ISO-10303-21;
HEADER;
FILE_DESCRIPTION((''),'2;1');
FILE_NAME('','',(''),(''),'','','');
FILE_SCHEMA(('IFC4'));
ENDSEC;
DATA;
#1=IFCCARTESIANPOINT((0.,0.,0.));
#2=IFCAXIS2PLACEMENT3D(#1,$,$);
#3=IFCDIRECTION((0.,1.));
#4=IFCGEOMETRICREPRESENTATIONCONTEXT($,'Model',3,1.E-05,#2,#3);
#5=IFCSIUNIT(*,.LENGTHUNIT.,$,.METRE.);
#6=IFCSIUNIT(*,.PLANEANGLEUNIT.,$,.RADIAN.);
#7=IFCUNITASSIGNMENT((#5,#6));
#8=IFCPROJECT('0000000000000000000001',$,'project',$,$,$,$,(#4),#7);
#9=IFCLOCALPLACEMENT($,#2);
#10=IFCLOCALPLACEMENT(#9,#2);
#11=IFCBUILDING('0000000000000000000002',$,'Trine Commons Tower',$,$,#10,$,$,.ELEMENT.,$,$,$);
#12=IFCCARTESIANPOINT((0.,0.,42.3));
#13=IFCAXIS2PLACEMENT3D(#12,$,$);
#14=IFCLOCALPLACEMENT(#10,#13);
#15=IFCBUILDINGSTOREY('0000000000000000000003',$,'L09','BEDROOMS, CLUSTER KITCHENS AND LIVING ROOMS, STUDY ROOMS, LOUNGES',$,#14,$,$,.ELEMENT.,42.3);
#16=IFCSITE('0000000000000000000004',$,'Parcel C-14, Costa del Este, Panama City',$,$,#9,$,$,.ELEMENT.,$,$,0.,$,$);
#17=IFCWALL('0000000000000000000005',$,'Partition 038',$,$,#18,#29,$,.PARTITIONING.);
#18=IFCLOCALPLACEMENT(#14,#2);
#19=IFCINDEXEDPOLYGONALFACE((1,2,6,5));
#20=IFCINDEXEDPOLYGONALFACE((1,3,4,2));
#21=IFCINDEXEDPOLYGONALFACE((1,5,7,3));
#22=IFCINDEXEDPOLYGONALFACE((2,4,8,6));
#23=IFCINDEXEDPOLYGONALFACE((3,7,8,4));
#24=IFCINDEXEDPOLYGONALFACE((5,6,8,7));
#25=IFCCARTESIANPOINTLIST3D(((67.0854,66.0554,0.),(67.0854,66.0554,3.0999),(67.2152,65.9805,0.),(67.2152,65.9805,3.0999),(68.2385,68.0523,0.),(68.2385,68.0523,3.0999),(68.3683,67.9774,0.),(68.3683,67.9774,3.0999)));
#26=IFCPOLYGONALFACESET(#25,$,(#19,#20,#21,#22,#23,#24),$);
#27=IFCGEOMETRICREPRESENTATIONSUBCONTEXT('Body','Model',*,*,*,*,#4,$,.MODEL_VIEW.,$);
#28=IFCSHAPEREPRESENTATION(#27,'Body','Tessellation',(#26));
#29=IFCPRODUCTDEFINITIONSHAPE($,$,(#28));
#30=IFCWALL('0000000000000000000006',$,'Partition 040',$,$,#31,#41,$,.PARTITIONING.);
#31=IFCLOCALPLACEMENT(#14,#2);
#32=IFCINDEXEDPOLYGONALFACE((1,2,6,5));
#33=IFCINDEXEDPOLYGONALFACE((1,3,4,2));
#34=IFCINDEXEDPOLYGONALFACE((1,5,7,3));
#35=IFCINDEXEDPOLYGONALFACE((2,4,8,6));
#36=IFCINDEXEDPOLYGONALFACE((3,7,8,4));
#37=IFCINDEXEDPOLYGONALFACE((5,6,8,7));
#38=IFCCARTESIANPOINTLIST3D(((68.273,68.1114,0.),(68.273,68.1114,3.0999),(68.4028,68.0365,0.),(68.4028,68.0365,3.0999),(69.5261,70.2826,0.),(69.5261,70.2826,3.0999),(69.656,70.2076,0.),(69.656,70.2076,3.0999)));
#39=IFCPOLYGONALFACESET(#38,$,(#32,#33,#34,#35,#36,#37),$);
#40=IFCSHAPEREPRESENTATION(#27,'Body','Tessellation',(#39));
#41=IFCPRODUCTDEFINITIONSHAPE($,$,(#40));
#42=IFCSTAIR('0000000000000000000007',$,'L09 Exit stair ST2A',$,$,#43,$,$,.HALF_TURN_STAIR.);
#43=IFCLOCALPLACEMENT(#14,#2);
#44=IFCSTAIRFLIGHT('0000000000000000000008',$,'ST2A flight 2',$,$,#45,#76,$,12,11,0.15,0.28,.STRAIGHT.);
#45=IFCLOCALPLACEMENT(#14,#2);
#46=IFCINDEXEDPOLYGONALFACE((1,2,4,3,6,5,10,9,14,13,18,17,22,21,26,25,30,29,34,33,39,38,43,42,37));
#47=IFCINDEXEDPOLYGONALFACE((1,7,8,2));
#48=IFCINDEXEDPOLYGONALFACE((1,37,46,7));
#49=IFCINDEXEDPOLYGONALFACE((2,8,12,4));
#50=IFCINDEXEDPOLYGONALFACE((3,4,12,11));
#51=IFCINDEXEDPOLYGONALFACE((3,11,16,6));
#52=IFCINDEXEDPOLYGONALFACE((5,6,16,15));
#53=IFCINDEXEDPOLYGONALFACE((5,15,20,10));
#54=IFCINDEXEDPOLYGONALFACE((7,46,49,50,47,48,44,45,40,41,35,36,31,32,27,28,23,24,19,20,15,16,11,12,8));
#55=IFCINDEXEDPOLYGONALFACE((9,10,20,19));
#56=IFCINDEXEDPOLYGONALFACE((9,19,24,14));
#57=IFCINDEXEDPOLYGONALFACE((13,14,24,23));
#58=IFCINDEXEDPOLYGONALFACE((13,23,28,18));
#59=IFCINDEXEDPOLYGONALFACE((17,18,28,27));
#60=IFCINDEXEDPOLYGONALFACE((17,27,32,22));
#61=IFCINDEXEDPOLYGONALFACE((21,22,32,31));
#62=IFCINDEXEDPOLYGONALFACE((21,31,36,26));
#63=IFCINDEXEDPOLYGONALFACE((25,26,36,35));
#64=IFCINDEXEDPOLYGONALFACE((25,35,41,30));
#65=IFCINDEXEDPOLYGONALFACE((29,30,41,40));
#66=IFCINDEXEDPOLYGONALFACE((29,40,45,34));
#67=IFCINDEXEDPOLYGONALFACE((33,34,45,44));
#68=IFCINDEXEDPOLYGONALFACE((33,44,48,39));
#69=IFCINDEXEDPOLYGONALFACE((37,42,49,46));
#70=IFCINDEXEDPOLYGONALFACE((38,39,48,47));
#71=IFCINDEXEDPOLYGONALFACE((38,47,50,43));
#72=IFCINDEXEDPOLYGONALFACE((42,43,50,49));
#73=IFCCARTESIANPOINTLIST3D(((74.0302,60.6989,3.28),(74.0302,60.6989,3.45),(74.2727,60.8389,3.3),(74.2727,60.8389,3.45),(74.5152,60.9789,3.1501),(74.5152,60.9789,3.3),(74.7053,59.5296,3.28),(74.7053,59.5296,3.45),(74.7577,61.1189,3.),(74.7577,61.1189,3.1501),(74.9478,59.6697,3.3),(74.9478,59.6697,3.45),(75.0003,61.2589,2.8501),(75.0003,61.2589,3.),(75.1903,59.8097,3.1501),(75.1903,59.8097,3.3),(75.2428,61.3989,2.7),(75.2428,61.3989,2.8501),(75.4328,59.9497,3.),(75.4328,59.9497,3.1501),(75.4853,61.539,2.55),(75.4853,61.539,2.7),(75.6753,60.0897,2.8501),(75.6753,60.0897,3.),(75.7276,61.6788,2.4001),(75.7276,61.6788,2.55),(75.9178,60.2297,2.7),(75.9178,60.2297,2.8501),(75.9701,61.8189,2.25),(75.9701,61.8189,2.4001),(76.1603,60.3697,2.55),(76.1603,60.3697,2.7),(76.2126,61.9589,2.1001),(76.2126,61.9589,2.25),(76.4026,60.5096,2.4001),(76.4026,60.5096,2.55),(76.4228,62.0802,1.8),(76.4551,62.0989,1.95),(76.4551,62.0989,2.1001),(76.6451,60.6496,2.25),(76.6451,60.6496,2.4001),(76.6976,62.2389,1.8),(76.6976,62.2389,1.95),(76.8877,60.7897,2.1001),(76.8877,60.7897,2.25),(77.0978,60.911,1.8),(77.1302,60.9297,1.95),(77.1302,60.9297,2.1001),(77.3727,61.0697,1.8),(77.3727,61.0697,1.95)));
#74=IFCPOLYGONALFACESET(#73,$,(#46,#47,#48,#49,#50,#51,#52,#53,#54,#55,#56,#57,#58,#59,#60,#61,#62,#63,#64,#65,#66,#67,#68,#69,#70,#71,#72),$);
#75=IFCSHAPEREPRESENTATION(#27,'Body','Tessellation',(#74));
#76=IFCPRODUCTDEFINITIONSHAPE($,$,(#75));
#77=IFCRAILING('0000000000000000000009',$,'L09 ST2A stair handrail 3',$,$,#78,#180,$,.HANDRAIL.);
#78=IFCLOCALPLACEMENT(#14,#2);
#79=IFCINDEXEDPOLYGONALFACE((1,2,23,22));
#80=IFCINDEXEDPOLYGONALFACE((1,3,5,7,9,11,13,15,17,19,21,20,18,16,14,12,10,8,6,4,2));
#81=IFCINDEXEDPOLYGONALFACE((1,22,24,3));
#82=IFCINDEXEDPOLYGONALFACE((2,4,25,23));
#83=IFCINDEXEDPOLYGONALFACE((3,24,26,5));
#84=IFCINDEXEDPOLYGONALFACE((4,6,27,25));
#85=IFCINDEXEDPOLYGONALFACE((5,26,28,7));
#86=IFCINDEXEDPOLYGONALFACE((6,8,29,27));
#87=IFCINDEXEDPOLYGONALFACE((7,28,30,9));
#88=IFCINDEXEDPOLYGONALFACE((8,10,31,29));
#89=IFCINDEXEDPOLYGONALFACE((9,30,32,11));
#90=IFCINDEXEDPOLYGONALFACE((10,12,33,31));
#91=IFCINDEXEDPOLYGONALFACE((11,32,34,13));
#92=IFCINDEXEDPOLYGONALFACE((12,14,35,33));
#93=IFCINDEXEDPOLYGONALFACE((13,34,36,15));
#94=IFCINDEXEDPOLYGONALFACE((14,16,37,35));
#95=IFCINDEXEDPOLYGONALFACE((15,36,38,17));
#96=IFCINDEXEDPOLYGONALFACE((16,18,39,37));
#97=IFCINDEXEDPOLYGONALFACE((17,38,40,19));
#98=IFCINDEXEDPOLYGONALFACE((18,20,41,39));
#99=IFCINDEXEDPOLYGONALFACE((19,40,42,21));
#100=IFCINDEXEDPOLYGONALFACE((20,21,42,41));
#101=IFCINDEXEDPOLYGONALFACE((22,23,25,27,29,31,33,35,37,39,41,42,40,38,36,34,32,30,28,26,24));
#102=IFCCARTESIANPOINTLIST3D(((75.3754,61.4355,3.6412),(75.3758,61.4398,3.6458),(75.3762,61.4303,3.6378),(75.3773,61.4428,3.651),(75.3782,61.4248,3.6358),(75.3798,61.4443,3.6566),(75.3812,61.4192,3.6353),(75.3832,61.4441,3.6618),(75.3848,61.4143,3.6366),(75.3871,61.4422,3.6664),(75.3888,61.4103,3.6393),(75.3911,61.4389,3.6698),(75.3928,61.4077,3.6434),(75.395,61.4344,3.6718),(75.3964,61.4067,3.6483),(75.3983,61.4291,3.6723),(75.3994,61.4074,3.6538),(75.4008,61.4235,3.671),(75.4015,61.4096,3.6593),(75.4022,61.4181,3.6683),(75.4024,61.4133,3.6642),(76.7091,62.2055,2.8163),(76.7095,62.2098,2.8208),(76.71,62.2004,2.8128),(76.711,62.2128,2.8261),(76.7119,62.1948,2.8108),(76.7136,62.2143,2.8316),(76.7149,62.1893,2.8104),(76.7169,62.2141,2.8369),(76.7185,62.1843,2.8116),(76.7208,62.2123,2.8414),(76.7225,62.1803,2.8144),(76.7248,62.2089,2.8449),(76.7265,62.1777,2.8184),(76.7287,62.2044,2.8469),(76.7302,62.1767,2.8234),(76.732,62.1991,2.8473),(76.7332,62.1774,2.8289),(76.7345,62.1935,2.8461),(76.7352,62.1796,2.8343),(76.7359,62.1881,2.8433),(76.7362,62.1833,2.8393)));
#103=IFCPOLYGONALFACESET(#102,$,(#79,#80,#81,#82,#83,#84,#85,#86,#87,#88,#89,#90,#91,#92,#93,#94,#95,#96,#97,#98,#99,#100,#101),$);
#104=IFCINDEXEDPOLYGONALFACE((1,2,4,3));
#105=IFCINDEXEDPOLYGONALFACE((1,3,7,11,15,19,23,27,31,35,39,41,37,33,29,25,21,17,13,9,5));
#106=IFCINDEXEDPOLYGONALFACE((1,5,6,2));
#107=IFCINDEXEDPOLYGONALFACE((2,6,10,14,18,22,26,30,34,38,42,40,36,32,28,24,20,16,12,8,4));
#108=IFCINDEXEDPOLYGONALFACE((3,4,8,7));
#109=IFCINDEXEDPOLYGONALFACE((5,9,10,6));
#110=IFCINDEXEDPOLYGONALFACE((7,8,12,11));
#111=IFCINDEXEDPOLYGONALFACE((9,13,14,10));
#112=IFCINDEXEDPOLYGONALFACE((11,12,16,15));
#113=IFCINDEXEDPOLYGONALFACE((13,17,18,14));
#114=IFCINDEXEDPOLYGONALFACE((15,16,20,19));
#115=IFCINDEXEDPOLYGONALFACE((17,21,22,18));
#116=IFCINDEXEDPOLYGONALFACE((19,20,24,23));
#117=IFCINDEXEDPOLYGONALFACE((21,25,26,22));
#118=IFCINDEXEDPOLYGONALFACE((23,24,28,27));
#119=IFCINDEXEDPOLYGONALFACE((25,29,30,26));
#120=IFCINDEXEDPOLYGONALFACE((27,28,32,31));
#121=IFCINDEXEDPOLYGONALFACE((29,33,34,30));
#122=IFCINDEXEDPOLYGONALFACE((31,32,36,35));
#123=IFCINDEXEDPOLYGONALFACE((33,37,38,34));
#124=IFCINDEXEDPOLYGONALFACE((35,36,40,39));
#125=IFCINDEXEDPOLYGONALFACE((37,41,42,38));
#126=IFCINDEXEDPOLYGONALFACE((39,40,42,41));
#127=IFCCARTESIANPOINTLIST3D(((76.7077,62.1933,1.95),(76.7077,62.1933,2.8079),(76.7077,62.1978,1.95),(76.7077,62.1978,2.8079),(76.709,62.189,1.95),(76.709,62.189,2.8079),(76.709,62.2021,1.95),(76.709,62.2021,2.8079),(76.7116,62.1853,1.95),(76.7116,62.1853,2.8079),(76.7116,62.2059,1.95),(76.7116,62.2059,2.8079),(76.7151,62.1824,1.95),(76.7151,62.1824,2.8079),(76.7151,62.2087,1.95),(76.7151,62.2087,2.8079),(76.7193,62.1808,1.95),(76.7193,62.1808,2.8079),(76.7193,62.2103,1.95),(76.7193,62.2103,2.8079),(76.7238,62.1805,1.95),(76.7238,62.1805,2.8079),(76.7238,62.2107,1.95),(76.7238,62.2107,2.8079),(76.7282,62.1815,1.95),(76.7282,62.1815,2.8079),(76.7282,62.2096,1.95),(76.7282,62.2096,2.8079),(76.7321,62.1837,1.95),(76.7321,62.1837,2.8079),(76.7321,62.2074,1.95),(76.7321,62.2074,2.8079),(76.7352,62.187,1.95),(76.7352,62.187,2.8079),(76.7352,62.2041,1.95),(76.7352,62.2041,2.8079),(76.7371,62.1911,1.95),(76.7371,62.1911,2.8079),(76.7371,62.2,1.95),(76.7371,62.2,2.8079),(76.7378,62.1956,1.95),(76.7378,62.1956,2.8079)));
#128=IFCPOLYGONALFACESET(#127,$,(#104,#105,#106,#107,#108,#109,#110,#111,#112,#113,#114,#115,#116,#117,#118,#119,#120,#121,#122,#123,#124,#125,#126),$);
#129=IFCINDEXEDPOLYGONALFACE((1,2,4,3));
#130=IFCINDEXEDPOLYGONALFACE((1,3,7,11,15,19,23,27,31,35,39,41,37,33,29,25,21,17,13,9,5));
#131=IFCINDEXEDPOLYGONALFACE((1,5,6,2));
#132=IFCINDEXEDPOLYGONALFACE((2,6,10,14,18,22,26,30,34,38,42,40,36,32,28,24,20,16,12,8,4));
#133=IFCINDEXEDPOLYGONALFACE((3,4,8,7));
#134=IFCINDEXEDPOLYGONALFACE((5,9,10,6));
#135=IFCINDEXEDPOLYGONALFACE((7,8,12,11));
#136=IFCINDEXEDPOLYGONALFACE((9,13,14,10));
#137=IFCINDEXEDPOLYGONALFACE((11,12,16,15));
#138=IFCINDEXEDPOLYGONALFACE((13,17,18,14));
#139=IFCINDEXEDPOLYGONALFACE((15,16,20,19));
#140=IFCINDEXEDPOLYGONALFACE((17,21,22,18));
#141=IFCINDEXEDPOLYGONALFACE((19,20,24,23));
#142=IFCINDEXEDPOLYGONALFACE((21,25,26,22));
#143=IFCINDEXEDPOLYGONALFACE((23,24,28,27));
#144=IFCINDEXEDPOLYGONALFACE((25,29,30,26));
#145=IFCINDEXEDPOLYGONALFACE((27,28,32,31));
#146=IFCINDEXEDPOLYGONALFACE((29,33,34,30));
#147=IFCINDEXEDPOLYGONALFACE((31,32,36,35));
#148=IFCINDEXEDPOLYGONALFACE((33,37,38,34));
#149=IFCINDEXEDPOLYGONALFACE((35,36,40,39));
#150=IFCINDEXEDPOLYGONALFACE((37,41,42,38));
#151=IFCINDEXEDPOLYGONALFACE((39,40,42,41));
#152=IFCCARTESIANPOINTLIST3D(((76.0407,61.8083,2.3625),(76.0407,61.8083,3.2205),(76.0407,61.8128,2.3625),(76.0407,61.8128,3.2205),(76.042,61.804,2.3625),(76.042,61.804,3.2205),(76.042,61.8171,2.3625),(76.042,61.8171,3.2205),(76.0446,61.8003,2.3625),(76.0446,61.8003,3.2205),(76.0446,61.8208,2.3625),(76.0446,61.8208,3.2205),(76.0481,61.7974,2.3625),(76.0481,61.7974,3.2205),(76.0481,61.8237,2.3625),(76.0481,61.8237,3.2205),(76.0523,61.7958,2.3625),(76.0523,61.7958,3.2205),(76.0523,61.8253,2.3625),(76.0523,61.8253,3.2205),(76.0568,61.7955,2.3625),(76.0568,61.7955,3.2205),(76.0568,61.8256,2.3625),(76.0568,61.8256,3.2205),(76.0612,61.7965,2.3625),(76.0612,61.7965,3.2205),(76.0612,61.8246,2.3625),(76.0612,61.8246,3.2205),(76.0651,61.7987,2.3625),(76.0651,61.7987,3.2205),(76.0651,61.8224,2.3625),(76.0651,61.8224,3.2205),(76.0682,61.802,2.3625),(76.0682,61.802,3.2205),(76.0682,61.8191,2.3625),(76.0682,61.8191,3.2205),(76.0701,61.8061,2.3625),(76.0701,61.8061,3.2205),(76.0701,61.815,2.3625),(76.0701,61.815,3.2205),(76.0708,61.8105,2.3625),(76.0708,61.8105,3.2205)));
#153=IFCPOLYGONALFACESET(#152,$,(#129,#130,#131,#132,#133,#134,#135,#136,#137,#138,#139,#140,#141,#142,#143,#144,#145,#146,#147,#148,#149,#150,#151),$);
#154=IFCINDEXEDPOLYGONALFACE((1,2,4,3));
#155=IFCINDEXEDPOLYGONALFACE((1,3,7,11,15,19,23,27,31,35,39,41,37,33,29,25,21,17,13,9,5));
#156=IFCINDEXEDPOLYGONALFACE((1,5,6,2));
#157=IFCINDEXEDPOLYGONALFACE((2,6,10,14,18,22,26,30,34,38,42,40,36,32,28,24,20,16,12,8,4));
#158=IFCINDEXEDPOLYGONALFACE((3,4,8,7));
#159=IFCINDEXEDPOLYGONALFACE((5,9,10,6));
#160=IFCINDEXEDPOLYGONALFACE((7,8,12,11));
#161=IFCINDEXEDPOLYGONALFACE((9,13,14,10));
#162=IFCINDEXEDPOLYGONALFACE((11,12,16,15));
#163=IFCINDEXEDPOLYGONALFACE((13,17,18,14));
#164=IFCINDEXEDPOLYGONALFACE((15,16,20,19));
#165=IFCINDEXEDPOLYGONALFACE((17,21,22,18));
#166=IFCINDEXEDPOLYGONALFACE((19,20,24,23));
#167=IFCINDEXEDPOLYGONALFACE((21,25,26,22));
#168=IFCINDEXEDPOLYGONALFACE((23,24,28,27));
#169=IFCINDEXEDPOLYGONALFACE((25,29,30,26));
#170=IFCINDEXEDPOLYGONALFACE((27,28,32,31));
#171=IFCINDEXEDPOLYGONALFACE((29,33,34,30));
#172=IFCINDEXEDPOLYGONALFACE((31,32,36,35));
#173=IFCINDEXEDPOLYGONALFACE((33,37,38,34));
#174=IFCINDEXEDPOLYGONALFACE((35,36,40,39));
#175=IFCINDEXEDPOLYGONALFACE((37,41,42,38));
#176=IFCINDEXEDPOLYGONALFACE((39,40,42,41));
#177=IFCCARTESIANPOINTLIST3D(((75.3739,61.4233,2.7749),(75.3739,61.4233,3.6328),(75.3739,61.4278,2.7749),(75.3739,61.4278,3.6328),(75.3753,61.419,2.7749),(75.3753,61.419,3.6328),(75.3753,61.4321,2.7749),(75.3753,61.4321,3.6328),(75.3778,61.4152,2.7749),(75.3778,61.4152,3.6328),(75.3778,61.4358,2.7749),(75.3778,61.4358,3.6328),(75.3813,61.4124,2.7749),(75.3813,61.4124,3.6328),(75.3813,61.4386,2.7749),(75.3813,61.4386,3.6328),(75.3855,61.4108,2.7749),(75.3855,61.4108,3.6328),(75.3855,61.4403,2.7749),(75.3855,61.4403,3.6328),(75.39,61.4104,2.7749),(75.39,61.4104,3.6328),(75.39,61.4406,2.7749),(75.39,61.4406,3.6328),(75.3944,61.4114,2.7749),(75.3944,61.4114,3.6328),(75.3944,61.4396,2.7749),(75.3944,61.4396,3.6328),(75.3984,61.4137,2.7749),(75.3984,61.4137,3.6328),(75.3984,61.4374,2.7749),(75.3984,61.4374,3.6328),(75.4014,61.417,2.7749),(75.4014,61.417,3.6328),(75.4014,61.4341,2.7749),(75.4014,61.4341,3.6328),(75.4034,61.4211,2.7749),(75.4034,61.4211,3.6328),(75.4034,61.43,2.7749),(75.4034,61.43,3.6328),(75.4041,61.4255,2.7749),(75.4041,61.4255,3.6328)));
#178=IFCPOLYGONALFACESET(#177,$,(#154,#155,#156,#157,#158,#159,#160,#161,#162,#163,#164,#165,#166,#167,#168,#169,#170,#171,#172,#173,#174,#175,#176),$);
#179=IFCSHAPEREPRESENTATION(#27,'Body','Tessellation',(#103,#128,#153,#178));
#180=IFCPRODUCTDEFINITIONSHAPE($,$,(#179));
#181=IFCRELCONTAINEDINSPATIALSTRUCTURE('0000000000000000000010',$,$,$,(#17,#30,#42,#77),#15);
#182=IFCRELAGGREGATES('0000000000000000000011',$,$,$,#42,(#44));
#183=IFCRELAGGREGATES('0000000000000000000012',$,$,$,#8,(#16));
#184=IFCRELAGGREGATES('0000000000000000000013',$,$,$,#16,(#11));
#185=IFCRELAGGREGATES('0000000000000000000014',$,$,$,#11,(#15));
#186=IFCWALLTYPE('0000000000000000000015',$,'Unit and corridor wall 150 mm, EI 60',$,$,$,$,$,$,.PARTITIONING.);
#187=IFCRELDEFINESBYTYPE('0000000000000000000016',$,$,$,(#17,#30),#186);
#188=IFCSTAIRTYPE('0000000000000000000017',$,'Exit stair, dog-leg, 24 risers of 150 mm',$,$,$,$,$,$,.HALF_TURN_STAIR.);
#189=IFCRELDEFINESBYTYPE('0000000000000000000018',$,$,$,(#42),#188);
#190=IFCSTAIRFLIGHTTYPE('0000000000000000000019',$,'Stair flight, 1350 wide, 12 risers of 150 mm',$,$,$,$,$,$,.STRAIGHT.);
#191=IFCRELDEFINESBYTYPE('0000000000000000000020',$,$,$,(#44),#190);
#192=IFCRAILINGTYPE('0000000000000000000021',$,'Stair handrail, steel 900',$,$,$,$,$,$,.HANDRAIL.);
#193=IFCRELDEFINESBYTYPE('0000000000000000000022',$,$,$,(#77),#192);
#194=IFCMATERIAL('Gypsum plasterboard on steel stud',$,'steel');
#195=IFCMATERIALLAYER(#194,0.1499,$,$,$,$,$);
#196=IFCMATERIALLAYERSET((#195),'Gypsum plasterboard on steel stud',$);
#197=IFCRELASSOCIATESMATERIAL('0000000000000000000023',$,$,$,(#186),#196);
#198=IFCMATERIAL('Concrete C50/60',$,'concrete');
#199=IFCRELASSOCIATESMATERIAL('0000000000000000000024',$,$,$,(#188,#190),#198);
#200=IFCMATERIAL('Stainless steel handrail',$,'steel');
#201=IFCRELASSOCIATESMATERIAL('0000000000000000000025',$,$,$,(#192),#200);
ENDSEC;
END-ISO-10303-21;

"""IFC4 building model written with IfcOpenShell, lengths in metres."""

from ifc_helpers import new_model, si_unit, direction, frame, frame_2d, origin, origin_2d, place, context, subcontext, project, spatial, polyline, rectangle, circle, outline, extrude, material, layer, layer_set, type_object, element, aggregate, save


model = new_model("IFC4")

# Units and contexts
model_context = context("Model", 3, precision=1e-05, world=origin(), true_north=direction((0.0, 1.0)))
body_context = subcontext(model_context, "Body", "Model", "MODEL_VIEW")
ifc_project = project(units=[si_unit("LENGTHUNIT", "METRE"), si_unit("PLANEANGLEUNIT", "RADIAN")], contexts=[model_context])

# Site, building, storey
site_placement = place(None, origin())
site = spatial("IfcSite", under=ifc_project, at=site_placement, Name="Parcel C-14, Costa del Este, Panama City", CompositionType="ELEMENT", RefElevation=0.0)
building_placement = place(site_placement, origin())
building = spatial("IfcBuilding", under=site, at=building_placement, Name="Trine Commons Tower", CompositionType="ELEMENT")
storey_placement = place(building_placement, frame((0.0, 0.0, 42.3)))
storey = spatial("IfcBuildingStorey", under=building, at=storey_placement, Name="L09", Description="BEDROOMS, CLUSTER KITCHENS AND LIVING ROOMS, STUDY ROOMS, LOUNGES", CompositionType="ELEMENT", Elevation=42.3)

# Shared definitions
ifc_material_1 = material(Name="Concrete C50/60", Category="concrete")

# Shared definitions
ifc_material_2 = material(Name="Gypsum plasterboard on steel stud", Category="steel")
ifc_layer_1 = layer(ifc_material_2, 0.1499)
ifc_layer_set_1 = layer_set([ifc_layer_1], Name="Gypsum plasterboard on steel stud")
wall_type_1 = type_object("IfcWallType", Name="Unit and corridor wall 150 mm, EI 60", PredefinedType="PARTITIONING", material=ifc_layer_set_1)

# Walls
wall_1_placement = place(storey_placement, frame((67.1504, 66.0181, 0.0), z_axis=(0.0, 0.0, 1.0), x_axis=(0.500068, 0.865986, 0.0)))
element("IfcWall", 1, at=wall_1_placement, inside=storey, type_object=wall_type_1, Name="Partition 038", PredefinedType="PARTITIONING", context=body_context, shape_type="SweptSolid", body=[
    extrude(rectangle(XDim=2.3059, YDim=0.1499, at=frame_2d((1.1528, 0.0))), origin(), (0.0, 0.0, 1.0), 3.0999),
])
wall_2_placement = place(storey_placement, frame((68.3379, 68.074, 0.0), z_axis=(0.0, 0.0, 1.0), x_axis=(0.499899, 0.866083, 0.0)))
element("IfcWall", 2, at=wall_2_placement, inside=storey, type_object=wall_type_1, Name="Partition 040", PredefinedType="PARTITIONING", context=body_context, shape_type="SweptSolid", body=[
    extrude(rectangle(XDim=2.5068, YDim=0.1499, at=frame_2d((1.2534, 0.0))), origin(), (0.0, 0.0, 1.0), 3.0999),
])

# Stair, stair flight
stair_type = type_object("IfcStairType", Name="Exit stair, dog-leg, 24 risers of 150 mm", PredefinedType="HALF_TURN_STAIR", material=ifc_material_1)
stair_placement = place(storey_placement, origin())
stair = element("IfcStair", 3, at=stair_placement, inside=storey, type_object=stair_type, Name="L09 Exit stair ST2A", PredefinedType="HALF_TURN_STAIR")
stair_flight_type = type_object("IfcStairFlightType", Name="Stair flight, 1350 wide, 12 risers of 150 mm", PredefinedType="STRAIGHT", material=ifc_material_1)
stair_flight_placement = place(storey_placement, frame((77.0352, 61.6543, 1.8), z_axis=(0.0, 0.0, 1.0), x_axis=(-0.866025, -0.5, 0.0)))
stair_flight = element("IfcStairFlight", 4, at=stair_flight_placement, type_object=stair_flight_type, Name="ST2A flight 2", NumberOfRisers=12, NumberOfTreads=11, PredefinedType="STRAIGHT", RiserHeight=0.15, TreadLength=0.28, context=body_context, shape_type="SweptSolid", body=[
    extrude(outline(polyline([(0.0, 0.0), (0.0, 0.1499), (0.28, 0.1499), (0.28, 0.3), (0.5601, 0.3), (0.5601, 0.45), (0.8401, 0.45), (0.8401, 0.6001), (1.1201, 0.6001), (1.1201, 0.75), (1.3999, 0.75), (1.3999, 0.8999), (1.6799, 0.8999), (1.6799, 1.05), (1.96, 1.05), (1.96, 1.2), (2.24, 1.2), (2.24, 1.3501), (2.52, 1.3501), (2.52, 1.5), (2.8, 1.5), (2.8, 1.6499), (3.0801, 1.6499), (3.0801, 1.8), (3.0801, 1.48), (0.3174, 0.0), (0.0, 0.0)])), frame((0.0, 0.675, 0.0), z_axis=(0.0, -1.0, 0.0), x_axis=(1.0, 0.0, 0.0)), (0.0, 0.0, 1.0), 1.3501),
])
aggregate(stair, [stair_flight])

# Railing
ifc_material_3 = material(Name="Stainless steel handrail", Category="steel")
railing_type = type_object("IfcRailingType", Name="Stair handrail, steel 900", PredefinedType="HANDRAIL", material=ifc_material_3)
for number, where, name in (
    (5, (76.7227, 62.1956, 1.95), "L09 ST2A stair handrail 3"),
):
    element("IfcRailing", number, at=place(storey_placement, frame(where)), inside=storey, type_object=railing_type, Name=name, PredefinedType="HANDRAIL", context=body_context, shape_type="SweptSolid", body=[
        extrude(circle(Radius=0.021, at=origin_2d()), frame((0.0, 0.0, 0.8789), z_axis=(-0.763405, -0.440743, 0.472185), x_axis=(0.499992, -0.86603, 0.0)), (0.0, 0.0, 1.0), 1.7471),
        extrude(circle(Radius=0.0151, at=origin_2d()), origin(), (0.0, 0.0, 1.0), 0.8579),
        extrude(circle(Radius=0.0151, at=origin_2d()), frame((-0.667, -0.385, 0.4126)), (0.0, 0.0, 1.0), 0.8579),
        extrude(circle(Radius=0.0151, at=origin_2d()), frame((-1.3337, -0.77, 0.825)), (0.0, 0.0, 1.0), 0.8579),
    ])

save(model, "model.ifc")
